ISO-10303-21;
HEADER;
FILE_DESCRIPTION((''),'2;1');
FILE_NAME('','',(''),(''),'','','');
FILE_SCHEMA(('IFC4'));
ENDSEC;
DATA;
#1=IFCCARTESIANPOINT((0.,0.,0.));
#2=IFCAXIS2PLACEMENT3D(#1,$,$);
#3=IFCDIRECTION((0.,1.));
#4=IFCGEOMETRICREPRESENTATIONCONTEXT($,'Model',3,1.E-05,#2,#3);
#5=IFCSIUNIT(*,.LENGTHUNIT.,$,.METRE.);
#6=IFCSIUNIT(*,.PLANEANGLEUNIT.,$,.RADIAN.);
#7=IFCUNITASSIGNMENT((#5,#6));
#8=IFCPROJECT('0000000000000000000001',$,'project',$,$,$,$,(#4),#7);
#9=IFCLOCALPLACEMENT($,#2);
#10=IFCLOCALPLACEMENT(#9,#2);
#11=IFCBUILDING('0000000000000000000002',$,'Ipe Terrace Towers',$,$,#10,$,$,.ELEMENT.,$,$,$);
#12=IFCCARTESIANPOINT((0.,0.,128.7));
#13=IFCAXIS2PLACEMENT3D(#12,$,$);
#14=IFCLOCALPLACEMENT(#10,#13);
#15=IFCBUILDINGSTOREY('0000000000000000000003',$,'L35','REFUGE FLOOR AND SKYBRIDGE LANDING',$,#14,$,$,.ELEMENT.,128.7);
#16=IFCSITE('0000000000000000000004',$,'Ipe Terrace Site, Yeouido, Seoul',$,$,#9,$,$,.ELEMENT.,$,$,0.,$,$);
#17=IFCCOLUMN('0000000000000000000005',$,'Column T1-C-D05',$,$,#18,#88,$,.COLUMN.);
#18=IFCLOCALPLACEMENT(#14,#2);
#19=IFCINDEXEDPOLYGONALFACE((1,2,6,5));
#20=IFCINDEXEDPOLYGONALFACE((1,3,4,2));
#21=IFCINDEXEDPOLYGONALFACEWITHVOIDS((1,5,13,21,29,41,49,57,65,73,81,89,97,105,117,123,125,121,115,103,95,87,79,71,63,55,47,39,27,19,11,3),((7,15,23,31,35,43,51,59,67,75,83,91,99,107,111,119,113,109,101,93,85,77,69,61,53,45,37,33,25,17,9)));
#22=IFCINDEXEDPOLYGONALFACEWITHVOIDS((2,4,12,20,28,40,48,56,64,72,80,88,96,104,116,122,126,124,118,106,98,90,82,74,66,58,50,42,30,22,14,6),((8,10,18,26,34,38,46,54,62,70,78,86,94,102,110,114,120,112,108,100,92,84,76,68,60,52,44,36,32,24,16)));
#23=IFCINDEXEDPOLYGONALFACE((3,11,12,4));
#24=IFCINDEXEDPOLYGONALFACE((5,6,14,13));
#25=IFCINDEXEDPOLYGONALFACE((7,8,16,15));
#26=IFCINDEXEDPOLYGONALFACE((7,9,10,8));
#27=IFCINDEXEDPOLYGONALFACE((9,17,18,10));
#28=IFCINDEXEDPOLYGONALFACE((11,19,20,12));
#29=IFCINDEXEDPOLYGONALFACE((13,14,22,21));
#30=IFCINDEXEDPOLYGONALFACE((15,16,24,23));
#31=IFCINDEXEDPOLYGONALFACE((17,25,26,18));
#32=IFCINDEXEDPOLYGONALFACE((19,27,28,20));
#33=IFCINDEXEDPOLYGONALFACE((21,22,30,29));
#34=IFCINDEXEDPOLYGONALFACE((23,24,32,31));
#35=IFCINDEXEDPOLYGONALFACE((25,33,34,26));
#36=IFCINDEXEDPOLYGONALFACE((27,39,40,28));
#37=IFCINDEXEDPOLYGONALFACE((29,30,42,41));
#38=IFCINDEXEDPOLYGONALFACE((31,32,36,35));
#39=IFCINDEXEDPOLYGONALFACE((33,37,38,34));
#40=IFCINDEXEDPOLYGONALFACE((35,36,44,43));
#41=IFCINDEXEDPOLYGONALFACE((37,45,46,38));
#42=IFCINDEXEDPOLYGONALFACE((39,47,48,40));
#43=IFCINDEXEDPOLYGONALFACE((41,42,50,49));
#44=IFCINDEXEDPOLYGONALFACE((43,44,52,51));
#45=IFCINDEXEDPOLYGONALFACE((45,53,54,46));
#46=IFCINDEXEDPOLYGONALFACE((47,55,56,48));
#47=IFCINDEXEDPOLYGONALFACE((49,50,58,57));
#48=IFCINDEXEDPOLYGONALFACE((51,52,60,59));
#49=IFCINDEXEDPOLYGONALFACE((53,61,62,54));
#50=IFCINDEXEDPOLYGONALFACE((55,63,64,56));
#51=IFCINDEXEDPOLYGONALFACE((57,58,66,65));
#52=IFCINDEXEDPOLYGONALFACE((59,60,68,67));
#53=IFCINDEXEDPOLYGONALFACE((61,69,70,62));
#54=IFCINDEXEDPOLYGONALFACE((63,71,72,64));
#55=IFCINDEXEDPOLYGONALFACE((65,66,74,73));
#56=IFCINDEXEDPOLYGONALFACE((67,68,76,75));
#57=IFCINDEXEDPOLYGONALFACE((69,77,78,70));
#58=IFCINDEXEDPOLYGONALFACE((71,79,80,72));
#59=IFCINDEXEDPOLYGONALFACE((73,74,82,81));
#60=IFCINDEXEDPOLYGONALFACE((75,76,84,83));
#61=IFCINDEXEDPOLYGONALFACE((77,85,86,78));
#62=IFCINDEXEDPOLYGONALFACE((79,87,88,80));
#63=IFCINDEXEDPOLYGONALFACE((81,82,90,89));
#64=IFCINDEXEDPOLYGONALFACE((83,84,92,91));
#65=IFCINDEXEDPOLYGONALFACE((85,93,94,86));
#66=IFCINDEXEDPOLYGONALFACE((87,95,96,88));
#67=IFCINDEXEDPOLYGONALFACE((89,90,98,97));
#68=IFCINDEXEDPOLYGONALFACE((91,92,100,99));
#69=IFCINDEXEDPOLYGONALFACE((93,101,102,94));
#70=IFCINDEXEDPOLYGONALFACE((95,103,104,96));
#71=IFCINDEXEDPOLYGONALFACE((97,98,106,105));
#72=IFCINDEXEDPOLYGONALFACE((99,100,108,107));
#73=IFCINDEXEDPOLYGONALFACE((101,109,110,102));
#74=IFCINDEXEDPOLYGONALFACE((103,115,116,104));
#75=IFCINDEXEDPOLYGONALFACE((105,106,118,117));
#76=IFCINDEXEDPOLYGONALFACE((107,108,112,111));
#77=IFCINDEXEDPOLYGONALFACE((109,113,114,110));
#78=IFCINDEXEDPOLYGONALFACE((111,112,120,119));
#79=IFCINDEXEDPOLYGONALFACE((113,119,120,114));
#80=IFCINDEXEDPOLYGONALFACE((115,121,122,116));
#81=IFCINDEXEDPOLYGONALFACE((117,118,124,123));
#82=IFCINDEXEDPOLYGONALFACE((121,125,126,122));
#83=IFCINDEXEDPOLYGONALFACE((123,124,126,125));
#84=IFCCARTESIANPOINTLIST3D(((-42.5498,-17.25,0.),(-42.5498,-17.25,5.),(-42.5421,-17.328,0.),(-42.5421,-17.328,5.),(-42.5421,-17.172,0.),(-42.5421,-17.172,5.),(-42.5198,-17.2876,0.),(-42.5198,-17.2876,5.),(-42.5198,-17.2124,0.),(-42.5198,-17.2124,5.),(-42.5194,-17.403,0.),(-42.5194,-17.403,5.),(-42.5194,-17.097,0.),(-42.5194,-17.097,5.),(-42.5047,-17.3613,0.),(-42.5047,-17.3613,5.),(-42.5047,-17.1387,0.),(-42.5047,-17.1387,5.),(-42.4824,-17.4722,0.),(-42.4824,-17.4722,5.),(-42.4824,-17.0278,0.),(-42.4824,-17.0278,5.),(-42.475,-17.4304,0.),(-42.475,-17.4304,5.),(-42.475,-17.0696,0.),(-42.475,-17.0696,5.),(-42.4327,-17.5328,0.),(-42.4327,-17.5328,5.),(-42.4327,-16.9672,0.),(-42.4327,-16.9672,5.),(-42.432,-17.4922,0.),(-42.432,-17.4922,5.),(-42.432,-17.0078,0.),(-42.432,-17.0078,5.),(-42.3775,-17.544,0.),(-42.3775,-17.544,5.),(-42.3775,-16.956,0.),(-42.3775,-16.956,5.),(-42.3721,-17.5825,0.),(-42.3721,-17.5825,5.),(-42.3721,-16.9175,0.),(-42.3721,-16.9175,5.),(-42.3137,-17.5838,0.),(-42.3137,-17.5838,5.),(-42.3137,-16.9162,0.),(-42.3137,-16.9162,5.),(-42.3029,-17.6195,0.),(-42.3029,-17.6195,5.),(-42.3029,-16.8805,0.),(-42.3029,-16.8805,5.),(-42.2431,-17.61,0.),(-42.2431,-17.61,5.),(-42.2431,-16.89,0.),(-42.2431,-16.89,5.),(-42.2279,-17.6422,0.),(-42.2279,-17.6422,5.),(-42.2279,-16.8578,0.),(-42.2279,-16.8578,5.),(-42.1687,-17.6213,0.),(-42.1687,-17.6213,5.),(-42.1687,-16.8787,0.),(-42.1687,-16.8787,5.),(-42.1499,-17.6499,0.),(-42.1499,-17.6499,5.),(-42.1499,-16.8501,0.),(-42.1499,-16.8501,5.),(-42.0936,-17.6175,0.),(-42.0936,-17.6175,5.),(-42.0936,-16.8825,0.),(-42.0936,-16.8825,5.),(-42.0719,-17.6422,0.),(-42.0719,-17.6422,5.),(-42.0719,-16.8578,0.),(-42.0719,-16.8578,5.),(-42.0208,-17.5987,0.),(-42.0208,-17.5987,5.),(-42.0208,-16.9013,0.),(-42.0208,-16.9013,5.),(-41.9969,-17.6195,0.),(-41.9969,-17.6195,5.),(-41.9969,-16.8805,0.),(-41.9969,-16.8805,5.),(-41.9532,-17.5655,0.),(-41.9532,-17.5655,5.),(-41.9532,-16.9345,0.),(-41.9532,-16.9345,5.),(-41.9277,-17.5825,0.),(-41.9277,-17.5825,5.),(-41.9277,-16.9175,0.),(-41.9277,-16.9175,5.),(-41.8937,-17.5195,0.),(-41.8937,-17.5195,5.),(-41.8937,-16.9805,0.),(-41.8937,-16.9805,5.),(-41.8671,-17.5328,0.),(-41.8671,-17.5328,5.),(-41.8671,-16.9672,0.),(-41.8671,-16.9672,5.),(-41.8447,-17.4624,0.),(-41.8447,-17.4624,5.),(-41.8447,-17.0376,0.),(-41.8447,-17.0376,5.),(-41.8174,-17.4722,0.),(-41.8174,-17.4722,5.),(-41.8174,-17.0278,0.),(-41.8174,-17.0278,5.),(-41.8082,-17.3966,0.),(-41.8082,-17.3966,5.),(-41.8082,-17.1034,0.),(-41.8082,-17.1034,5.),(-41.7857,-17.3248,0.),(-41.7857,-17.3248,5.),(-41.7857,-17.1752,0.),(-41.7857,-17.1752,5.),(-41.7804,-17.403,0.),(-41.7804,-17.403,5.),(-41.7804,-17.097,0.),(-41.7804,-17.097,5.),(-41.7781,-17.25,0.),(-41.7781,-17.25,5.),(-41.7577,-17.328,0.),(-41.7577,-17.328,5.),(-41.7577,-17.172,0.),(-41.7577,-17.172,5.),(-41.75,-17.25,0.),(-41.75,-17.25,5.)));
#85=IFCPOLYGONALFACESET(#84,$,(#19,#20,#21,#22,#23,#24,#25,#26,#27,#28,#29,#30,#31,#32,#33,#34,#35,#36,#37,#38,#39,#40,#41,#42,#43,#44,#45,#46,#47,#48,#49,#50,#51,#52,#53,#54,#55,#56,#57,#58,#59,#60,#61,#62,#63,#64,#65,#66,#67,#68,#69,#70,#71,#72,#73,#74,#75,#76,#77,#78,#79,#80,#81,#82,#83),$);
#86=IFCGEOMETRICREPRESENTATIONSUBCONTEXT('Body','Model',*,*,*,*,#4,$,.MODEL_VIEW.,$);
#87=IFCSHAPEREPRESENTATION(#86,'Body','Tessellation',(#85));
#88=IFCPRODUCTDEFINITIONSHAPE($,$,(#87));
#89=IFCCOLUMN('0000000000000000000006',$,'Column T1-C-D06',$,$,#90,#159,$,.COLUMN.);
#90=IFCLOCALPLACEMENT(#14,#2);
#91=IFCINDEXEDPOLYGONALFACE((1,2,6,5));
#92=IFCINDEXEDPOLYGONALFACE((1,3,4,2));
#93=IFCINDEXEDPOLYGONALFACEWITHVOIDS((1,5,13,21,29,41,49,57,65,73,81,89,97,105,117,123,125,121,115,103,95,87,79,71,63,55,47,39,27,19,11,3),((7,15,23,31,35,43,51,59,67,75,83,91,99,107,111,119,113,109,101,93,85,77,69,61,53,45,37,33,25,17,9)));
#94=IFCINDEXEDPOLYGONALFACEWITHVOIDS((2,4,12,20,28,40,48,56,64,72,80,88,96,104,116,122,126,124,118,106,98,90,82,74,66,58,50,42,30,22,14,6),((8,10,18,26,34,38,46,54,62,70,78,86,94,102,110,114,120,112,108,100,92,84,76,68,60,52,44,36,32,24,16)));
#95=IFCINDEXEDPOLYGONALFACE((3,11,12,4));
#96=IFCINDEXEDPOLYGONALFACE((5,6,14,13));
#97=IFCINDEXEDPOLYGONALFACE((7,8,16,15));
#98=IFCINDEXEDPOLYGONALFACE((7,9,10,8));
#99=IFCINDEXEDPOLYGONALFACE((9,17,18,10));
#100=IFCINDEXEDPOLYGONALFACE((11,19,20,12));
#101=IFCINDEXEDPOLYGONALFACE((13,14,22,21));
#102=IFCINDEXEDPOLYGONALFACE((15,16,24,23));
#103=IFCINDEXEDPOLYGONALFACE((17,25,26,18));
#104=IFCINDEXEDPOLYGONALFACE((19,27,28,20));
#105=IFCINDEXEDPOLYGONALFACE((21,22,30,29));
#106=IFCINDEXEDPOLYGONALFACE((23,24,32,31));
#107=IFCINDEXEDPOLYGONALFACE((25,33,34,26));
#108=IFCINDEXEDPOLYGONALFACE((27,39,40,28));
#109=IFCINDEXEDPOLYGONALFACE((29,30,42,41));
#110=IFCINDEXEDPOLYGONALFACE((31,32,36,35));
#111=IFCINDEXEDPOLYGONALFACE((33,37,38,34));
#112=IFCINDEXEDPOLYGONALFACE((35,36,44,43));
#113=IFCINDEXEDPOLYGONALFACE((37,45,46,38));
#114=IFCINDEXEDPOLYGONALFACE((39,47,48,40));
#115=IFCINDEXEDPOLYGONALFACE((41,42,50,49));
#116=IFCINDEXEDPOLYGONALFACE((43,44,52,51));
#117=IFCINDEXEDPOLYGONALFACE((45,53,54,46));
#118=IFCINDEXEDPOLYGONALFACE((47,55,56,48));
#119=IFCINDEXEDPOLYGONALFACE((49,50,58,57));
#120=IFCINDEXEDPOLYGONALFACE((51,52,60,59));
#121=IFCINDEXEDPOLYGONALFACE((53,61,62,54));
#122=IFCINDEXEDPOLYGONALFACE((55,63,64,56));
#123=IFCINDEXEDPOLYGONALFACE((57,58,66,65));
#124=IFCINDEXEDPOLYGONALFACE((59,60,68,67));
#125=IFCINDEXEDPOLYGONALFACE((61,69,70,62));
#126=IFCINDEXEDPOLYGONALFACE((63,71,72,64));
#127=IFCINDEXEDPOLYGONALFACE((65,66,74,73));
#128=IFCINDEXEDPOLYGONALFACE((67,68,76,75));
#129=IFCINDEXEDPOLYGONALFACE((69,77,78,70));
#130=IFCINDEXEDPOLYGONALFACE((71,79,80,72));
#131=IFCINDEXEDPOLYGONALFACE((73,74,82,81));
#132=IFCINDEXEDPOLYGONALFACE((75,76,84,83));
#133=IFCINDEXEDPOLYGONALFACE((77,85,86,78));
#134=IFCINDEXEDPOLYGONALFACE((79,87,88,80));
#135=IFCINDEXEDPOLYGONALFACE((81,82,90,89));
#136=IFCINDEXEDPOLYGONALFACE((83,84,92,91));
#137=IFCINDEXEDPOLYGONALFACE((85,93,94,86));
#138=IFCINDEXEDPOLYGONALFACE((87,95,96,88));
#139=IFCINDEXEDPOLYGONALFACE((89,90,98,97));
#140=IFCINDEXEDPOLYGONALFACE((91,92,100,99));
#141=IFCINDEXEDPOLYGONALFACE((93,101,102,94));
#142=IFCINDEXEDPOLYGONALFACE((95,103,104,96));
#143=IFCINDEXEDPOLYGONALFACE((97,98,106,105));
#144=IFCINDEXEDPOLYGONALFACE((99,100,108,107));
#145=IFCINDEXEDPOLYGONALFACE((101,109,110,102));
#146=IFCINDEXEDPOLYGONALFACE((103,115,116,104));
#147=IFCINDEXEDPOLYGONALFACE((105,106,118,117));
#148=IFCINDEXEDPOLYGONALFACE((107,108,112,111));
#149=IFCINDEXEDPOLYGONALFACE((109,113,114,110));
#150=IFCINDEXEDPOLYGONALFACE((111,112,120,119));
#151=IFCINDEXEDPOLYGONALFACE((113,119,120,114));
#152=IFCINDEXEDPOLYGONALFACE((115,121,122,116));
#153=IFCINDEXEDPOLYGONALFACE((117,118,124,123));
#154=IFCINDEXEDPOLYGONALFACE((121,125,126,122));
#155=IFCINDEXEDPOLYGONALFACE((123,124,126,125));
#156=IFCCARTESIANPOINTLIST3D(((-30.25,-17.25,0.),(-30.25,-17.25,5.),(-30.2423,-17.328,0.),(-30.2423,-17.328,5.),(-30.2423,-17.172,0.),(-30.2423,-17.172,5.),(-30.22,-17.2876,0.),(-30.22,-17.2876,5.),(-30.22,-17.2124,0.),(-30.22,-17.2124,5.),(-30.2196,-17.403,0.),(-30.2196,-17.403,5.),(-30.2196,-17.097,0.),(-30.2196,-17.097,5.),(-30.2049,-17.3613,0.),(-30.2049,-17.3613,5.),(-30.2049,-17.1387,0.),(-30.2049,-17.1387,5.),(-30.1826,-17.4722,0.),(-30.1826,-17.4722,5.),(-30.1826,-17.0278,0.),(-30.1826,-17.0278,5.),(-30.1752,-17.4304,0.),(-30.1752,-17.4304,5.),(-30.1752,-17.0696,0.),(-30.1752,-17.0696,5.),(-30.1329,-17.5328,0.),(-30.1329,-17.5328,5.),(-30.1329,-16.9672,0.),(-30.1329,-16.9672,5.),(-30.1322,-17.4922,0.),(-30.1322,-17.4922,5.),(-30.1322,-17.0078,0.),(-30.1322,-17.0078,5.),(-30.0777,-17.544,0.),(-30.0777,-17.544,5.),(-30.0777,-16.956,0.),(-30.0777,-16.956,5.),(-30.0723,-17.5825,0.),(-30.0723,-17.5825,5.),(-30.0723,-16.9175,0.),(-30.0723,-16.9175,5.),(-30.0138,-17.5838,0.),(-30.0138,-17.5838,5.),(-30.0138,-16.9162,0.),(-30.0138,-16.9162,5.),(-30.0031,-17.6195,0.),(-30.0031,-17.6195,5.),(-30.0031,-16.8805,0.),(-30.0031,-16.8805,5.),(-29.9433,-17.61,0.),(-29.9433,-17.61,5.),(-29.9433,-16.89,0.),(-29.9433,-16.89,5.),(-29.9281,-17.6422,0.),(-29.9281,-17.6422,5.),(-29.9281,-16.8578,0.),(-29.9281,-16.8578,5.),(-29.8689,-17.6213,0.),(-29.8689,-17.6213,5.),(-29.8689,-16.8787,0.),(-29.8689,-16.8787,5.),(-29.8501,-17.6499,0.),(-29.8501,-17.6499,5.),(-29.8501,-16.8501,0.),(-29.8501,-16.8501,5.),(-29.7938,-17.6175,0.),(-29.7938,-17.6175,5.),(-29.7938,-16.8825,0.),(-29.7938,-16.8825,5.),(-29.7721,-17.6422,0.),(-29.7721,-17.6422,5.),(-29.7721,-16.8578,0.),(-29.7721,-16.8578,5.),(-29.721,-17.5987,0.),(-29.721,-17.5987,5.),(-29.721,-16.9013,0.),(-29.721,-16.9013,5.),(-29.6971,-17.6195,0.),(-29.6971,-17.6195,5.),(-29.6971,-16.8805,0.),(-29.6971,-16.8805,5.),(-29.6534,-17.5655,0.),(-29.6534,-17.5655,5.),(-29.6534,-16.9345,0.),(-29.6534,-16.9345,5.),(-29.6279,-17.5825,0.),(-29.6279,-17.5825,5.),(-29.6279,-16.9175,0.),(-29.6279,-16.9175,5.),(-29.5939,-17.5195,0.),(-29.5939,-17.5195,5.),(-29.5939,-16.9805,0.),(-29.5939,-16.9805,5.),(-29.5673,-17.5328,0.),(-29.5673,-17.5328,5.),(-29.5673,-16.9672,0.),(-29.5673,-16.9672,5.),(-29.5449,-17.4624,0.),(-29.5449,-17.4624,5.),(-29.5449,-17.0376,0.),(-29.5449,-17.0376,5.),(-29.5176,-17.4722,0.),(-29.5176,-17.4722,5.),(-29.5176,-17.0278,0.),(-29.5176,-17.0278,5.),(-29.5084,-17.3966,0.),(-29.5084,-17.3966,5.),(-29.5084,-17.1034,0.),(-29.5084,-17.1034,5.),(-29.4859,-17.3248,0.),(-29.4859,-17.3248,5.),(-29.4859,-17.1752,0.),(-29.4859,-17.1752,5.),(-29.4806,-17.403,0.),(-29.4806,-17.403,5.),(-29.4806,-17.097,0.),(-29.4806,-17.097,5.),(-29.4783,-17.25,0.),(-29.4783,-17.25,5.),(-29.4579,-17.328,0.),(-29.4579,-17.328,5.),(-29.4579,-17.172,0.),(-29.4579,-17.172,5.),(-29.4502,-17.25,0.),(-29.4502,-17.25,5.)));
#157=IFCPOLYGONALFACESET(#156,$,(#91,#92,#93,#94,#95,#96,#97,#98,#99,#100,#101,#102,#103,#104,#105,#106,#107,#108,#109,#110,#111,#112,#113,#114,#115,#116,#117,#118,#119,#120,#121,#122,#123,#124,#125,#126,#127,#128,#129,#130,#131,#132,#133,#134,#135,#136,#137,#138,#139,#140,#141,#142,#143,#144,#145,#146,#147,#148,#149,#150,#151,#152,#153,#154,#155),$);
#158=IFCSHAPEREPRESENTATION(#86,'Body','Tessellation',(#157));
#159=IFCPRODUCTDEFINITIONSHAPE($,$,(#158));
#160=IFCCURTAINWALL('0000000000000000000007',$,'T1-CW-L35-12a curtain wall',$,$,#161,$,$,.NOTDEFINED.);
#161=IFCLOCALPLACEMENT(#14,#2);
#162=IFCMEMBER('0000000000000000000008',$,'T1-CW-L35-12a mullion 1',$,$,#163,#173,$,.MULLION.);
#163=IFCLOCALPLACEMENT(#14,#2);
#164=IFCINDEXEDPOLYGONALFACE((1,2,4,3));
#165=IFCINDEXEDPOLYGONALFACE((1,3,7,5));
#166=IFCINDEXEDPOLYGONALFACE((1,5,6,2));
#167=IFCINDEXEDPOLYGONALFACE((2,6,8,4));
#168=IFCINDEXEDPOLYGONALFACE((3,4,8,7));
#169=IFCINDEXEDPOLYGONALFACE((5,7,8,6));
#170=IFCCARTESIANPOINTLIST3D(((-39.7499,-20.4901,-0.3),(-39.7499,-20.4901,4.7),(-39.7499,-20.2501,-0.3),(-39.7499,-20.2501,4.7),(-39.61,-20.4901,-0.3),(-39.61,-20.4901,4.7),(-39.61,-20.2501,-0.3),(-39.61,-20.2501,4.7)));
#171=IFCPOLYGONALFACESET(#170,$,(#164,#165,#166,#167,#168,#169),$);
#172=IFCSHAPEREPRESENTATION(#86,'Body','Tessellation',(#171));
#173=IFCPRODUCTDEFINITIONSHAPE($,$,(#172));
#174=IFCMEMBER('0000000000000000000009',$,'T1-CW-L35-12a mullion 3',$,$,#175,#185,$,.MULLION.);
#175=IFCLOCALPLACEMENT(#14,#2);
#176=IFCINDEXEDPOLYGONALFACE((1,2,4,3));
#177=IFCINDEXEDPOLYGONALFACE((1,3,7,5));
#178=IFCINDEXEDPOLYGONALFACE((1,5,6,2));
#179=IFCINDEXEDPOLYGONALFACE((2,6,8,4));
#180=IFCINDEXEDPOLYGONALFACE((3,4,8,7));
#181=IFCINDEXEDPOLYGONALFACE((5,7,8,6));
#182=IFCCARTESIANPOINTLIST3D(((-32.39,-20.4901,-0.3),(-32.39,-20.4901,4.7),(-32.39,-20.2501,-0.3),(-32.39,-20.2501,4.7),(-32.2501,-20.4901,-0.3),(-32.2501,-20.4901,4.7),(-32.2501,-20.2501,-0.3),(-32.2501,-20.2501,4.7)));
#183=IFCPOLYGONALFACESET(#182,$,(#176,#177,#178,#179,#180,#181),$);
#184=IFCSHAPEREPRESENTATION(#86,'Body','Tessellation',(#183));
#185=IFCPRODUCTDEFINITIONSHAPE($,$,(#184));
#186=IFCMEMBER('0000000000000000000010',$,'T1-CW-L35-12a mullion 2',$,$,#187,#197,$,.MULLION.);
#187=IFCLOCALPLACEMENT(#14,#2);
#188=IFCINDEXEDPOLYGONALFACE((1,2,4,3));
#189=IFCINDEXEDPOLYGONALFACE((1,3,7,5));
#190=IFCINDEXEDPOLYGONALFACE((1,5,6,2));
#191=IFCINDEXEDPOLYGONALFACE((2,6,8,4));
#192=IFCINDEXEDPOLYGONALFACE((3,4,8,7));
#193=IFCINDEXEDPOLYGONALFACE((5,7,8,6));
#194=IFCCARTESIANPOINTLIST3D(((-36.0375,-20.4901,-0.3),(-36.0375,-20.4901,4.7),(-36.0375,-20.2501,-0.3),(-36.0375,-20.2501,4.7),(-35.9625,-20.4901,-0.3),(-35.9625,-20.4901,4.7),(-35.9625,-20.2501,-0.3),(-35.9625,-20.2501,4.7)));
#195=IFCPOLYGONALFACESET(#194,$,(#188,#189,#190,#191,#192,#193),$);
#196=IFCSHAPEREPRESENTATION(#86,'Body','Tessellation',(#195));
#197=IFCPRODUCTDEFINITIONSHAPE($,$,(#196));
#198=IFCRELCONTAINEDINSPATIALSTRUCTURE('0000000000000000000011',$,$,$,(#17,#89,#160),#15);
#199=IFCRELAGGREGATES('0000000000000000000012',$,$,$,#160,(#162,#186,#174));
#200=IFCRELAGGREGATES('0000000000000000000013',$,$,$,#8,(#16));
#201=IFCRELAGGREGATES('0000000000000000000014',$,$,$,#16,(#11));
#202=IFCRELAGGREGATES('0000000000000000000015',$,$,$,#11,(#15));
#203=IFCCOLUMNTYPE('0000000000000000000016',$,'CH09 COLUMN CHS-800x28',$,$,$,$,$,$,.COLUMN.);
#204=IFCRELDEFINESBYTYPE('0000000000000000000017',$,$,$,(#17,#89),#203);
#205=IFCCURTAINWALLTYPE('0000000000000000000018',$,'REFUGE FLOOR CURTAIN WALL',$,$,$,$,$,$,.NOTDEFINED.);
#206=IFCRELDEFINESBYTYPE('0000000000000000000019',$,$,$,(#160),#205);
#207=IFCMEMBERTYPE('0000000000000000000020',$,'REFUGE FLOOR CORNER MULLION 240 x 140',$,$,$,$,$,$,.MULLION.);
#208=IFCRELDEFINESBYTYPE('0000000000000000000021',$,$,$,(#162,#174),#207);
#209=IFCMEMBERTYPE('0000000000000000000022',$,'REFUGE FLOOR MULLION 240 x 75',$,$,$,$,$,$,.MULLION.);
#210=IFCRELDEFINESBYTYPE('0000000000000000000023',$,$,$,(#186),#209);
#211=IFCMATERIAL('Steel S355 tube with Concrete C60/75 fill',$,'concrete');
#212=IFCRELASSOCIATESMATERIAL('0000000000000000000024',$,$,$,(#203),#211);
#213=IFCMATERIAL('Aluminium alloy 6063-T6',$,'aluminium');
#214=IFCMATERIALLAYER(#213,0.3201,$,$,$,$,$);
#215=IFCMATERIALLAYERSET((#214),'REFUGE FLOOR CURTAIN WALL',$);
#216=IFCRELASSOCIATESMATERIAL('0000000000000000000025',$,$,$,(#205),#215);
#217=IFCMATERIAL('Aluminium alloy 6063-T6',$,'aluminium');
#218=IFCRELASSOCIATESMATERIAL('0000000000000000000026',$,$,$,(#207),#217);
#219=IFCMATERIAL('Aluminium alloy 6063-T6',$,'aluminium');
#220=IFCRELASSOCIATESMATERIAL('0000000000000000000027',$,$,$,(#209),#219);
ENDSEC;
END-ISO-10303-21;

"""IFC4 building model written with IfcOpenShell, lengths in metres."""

from ifc_helpers import new_model, si_unit, direction, frame, origin, origin_2d, place, context, subcontext, project, spatial, rectangle, hollow_circle, extrude, material, layer, layer_set, material_profile, profile_set, type_object, element, aggregate, save


model = new_model("IFC4")

# Units and contexts
model_context = context("Model", 3, precision=1e-05, world=origin(), true_north=direction((0.0, 1.0)))
body_context = subcontext(model_context, "Body", "Model", "MODEL_VIEW")
ifc_project = project(units=[si_unit("LENGTHUNIT", "METRE"), si_unit("PLANEANGLEUNIT", "RADIAN")], contexts=[model_context])

# Site, building, storey
site_placement = place(None, origin())
site = spatial("IfcSite", under=ifc_project, at=site_placement, Name="Ipe Terrace Site, Yeouido, Seoul", CompositionType="ELEMENT", RefElevation=0.0)
building_placement = place(site_placement, origin())
building = spatial("IfcBuilding", under=site, at=building_placement, Name="Ipe Terrace Towers", CompositionType="ELEMENT")
storey_placement = place(building_placement, frame((0.0, 0.0, 128.7)))
storey = spatial("IfcBuildingStorey", under=building, at=storey_placement, Name="L35", Description="REFUGE FLOOR AND SKYBRIDGE LANDING", CompositionType="ELEMENT", Elevation=128.7)

# Columns
ifc_material_1 = material(Name="Steel S355 tube with Concrete C60/75 fill", Category="concrete")
ifc_material_profile_1 = material_profile(ifc_material_1, hollow_circle(Radius=0.3999, WallThickness=0.0281, at=origin_2d()), Name="CHS-800x28")
ifc_profile_set_1 = profile_set([ifc_material_profile_1], Name="Steel S355 tube with Concrete C60/75 fill")
column_type = type_object("IfcColumnType", Name="CH09 COLUMN CHS-800x28", PredefinedType="COLUMN", material=ifc_profile_set_1)
for number, where, z_axis, x_axis, name in (
    (1, (-42.1499, -17.25, 0.0), (0.0, 0.0, 1.0), (1.0, 0.0, 0.0), "Column T1-C-D05"),
    (2, (-29.8501, -17.25, 0.0), (0.0, 0.0, 1.0), (1.0, 0.0, 0.0), "Column T1-C-D06"),
):
    element("IfcColumn", number, at=place(storey_placement, frame(where, z_axis=z_axis, x_axis=x_axis)), inside=storey, type_object=column_type, Name=name, PredefinedType="COLUMN", context=body_context, shape_type="SweptSolid", body=[
        extrude(hollow_circle(Radius=0.3999, WallThickness=0.0281, at=origin_2d()), origin(), (0.0, 0.0, 1.0), 5.0),
    ])

# Curtain wall, members
ifc_material_2 = material(Name="Aluminium alloy 6063-T6", Category="aluminium")
ifc_layer_1 = layer(ifc_material_2, 0.3201)
ifc_layer_set_1 = layer_set([ifc_layer_1], Name="REFUGE FLOOR CURTAIN WALL")
curtain_wall_type = type_object("IfcCurtainWallType", Name="REFUGE FLOOR CURTAIN WALL", PredefinedType="NOTDEFINED", material=ifc_layer_set_1)
curtain_wall_placement = place(storey_placement, origin())
curtain_wall = element("IfcCurtainWall", 3, at=curtain_wall_placement, inside=storey, type_object=curtain_wall_type, Name="T1-CW-L35-12a curtain wall", PredefinedType="NOTDEFINED")
ifc_material_3 = material(Name="Aluminium alloy 6063-T6", Category="aluminium")
ifc_material_profile_2 = material_profile(ifc_material_3, rectangle(XDim=0.24, YDim=0.1399, at=origin_2d()), Name="REFUGE FLOOR CORNER MULLION 240 x 140")
ifc_profile_set_2 = profile_set([ifc_material_profile_2], Name="Aluminium alloy 6063-T6")
member_type_1 = type_object("IfcMemberType", Name="REFUGE FLOOR CORNER MULLION 240 x 140", PredefinedType="MULLION", material=ifc_profile_set_2)
member_1_placement = place(storey_placement, frame((-39.6799, -20.3701, -0.3), z_axis=(0.0, 0.0, 1.0), x_axis=(0.0, -1.0, 0.0)))
member_1 = element("IfcMember", 4, at=member_1_placement, type_object=member_type_1, Name="T1-CW-L35-12a mullion 1", PredefinedType="MULLION", context=body_context, shape_type="SweptSolid", body=[
    extrude(rectangle(XDim=0.24, YDim=0.1399, at=origin_2d()), origin(), (0.0, 0.0, 1.0), 5.0),
])
member_2_placement = place(storey_placement, frame((-32.3201, -20.3701, -0.3), z_axis=(0.0, 0.0, 1.0), x_axis=(0.0, -1.0, 0.0)))
member_2 = element("IfcMember", 5, at=member_2_placement, type_object=member_type_1, Name="T1-CW-L35-12a mullion 3", PredefinedType="MULLION", context=body_context, shape_type="SweptSolid", body=[
    extrude(rectangle(XDim=0.24, YDim=0.1399, at=origin_2d()), origin(), (0.0, 0.0, 1.0), 5.0),
])
ifc_material_4 = material(Name="Aluminium alloy 6063-T6", Category="aluminium")
ifc_material_profile_3 = material_profile(ifc_material_4, rectangle(XDim=0.24, YDim=0.075, at=origin_2d()), Name="REFUGE FLOOR MULLION 240 x 75")
ifc_profile_set_3 = profile_set([ifc_material_profile_3], Name="Aluminium alloy 6063-T6")
member_type_2 = type_object("IfcMemberType", Name="REFUGE FLOOR MULLION 240 x 75", PredefinedType="MULLION", material=ifc_profile_set_3)
member_3_placement = place(storey_placement, frame((-36.0, -20.3701, -0.3), z_axis=(0.0, 0.0, 1.0), x_axis=(0.0, -1.0, 0.0)))
member_3 = element("IfcMember", 6, at=member_3_placement, type_object=member_type_2, Name="T1-CW-L35-12a mullion 2", PredefinedType="MULLION", context=body_context, shape_type="SweptSolid", body=[
    extrude(rectangle(XDim=0.24, YDim=0.075, at=origin_2d()), origin(), (0.0, 0.0, 1.0), 5.0),
])
aggregate(curtain_wall, [member_1, member_3, member_2])

save(model, "model.ifc")
